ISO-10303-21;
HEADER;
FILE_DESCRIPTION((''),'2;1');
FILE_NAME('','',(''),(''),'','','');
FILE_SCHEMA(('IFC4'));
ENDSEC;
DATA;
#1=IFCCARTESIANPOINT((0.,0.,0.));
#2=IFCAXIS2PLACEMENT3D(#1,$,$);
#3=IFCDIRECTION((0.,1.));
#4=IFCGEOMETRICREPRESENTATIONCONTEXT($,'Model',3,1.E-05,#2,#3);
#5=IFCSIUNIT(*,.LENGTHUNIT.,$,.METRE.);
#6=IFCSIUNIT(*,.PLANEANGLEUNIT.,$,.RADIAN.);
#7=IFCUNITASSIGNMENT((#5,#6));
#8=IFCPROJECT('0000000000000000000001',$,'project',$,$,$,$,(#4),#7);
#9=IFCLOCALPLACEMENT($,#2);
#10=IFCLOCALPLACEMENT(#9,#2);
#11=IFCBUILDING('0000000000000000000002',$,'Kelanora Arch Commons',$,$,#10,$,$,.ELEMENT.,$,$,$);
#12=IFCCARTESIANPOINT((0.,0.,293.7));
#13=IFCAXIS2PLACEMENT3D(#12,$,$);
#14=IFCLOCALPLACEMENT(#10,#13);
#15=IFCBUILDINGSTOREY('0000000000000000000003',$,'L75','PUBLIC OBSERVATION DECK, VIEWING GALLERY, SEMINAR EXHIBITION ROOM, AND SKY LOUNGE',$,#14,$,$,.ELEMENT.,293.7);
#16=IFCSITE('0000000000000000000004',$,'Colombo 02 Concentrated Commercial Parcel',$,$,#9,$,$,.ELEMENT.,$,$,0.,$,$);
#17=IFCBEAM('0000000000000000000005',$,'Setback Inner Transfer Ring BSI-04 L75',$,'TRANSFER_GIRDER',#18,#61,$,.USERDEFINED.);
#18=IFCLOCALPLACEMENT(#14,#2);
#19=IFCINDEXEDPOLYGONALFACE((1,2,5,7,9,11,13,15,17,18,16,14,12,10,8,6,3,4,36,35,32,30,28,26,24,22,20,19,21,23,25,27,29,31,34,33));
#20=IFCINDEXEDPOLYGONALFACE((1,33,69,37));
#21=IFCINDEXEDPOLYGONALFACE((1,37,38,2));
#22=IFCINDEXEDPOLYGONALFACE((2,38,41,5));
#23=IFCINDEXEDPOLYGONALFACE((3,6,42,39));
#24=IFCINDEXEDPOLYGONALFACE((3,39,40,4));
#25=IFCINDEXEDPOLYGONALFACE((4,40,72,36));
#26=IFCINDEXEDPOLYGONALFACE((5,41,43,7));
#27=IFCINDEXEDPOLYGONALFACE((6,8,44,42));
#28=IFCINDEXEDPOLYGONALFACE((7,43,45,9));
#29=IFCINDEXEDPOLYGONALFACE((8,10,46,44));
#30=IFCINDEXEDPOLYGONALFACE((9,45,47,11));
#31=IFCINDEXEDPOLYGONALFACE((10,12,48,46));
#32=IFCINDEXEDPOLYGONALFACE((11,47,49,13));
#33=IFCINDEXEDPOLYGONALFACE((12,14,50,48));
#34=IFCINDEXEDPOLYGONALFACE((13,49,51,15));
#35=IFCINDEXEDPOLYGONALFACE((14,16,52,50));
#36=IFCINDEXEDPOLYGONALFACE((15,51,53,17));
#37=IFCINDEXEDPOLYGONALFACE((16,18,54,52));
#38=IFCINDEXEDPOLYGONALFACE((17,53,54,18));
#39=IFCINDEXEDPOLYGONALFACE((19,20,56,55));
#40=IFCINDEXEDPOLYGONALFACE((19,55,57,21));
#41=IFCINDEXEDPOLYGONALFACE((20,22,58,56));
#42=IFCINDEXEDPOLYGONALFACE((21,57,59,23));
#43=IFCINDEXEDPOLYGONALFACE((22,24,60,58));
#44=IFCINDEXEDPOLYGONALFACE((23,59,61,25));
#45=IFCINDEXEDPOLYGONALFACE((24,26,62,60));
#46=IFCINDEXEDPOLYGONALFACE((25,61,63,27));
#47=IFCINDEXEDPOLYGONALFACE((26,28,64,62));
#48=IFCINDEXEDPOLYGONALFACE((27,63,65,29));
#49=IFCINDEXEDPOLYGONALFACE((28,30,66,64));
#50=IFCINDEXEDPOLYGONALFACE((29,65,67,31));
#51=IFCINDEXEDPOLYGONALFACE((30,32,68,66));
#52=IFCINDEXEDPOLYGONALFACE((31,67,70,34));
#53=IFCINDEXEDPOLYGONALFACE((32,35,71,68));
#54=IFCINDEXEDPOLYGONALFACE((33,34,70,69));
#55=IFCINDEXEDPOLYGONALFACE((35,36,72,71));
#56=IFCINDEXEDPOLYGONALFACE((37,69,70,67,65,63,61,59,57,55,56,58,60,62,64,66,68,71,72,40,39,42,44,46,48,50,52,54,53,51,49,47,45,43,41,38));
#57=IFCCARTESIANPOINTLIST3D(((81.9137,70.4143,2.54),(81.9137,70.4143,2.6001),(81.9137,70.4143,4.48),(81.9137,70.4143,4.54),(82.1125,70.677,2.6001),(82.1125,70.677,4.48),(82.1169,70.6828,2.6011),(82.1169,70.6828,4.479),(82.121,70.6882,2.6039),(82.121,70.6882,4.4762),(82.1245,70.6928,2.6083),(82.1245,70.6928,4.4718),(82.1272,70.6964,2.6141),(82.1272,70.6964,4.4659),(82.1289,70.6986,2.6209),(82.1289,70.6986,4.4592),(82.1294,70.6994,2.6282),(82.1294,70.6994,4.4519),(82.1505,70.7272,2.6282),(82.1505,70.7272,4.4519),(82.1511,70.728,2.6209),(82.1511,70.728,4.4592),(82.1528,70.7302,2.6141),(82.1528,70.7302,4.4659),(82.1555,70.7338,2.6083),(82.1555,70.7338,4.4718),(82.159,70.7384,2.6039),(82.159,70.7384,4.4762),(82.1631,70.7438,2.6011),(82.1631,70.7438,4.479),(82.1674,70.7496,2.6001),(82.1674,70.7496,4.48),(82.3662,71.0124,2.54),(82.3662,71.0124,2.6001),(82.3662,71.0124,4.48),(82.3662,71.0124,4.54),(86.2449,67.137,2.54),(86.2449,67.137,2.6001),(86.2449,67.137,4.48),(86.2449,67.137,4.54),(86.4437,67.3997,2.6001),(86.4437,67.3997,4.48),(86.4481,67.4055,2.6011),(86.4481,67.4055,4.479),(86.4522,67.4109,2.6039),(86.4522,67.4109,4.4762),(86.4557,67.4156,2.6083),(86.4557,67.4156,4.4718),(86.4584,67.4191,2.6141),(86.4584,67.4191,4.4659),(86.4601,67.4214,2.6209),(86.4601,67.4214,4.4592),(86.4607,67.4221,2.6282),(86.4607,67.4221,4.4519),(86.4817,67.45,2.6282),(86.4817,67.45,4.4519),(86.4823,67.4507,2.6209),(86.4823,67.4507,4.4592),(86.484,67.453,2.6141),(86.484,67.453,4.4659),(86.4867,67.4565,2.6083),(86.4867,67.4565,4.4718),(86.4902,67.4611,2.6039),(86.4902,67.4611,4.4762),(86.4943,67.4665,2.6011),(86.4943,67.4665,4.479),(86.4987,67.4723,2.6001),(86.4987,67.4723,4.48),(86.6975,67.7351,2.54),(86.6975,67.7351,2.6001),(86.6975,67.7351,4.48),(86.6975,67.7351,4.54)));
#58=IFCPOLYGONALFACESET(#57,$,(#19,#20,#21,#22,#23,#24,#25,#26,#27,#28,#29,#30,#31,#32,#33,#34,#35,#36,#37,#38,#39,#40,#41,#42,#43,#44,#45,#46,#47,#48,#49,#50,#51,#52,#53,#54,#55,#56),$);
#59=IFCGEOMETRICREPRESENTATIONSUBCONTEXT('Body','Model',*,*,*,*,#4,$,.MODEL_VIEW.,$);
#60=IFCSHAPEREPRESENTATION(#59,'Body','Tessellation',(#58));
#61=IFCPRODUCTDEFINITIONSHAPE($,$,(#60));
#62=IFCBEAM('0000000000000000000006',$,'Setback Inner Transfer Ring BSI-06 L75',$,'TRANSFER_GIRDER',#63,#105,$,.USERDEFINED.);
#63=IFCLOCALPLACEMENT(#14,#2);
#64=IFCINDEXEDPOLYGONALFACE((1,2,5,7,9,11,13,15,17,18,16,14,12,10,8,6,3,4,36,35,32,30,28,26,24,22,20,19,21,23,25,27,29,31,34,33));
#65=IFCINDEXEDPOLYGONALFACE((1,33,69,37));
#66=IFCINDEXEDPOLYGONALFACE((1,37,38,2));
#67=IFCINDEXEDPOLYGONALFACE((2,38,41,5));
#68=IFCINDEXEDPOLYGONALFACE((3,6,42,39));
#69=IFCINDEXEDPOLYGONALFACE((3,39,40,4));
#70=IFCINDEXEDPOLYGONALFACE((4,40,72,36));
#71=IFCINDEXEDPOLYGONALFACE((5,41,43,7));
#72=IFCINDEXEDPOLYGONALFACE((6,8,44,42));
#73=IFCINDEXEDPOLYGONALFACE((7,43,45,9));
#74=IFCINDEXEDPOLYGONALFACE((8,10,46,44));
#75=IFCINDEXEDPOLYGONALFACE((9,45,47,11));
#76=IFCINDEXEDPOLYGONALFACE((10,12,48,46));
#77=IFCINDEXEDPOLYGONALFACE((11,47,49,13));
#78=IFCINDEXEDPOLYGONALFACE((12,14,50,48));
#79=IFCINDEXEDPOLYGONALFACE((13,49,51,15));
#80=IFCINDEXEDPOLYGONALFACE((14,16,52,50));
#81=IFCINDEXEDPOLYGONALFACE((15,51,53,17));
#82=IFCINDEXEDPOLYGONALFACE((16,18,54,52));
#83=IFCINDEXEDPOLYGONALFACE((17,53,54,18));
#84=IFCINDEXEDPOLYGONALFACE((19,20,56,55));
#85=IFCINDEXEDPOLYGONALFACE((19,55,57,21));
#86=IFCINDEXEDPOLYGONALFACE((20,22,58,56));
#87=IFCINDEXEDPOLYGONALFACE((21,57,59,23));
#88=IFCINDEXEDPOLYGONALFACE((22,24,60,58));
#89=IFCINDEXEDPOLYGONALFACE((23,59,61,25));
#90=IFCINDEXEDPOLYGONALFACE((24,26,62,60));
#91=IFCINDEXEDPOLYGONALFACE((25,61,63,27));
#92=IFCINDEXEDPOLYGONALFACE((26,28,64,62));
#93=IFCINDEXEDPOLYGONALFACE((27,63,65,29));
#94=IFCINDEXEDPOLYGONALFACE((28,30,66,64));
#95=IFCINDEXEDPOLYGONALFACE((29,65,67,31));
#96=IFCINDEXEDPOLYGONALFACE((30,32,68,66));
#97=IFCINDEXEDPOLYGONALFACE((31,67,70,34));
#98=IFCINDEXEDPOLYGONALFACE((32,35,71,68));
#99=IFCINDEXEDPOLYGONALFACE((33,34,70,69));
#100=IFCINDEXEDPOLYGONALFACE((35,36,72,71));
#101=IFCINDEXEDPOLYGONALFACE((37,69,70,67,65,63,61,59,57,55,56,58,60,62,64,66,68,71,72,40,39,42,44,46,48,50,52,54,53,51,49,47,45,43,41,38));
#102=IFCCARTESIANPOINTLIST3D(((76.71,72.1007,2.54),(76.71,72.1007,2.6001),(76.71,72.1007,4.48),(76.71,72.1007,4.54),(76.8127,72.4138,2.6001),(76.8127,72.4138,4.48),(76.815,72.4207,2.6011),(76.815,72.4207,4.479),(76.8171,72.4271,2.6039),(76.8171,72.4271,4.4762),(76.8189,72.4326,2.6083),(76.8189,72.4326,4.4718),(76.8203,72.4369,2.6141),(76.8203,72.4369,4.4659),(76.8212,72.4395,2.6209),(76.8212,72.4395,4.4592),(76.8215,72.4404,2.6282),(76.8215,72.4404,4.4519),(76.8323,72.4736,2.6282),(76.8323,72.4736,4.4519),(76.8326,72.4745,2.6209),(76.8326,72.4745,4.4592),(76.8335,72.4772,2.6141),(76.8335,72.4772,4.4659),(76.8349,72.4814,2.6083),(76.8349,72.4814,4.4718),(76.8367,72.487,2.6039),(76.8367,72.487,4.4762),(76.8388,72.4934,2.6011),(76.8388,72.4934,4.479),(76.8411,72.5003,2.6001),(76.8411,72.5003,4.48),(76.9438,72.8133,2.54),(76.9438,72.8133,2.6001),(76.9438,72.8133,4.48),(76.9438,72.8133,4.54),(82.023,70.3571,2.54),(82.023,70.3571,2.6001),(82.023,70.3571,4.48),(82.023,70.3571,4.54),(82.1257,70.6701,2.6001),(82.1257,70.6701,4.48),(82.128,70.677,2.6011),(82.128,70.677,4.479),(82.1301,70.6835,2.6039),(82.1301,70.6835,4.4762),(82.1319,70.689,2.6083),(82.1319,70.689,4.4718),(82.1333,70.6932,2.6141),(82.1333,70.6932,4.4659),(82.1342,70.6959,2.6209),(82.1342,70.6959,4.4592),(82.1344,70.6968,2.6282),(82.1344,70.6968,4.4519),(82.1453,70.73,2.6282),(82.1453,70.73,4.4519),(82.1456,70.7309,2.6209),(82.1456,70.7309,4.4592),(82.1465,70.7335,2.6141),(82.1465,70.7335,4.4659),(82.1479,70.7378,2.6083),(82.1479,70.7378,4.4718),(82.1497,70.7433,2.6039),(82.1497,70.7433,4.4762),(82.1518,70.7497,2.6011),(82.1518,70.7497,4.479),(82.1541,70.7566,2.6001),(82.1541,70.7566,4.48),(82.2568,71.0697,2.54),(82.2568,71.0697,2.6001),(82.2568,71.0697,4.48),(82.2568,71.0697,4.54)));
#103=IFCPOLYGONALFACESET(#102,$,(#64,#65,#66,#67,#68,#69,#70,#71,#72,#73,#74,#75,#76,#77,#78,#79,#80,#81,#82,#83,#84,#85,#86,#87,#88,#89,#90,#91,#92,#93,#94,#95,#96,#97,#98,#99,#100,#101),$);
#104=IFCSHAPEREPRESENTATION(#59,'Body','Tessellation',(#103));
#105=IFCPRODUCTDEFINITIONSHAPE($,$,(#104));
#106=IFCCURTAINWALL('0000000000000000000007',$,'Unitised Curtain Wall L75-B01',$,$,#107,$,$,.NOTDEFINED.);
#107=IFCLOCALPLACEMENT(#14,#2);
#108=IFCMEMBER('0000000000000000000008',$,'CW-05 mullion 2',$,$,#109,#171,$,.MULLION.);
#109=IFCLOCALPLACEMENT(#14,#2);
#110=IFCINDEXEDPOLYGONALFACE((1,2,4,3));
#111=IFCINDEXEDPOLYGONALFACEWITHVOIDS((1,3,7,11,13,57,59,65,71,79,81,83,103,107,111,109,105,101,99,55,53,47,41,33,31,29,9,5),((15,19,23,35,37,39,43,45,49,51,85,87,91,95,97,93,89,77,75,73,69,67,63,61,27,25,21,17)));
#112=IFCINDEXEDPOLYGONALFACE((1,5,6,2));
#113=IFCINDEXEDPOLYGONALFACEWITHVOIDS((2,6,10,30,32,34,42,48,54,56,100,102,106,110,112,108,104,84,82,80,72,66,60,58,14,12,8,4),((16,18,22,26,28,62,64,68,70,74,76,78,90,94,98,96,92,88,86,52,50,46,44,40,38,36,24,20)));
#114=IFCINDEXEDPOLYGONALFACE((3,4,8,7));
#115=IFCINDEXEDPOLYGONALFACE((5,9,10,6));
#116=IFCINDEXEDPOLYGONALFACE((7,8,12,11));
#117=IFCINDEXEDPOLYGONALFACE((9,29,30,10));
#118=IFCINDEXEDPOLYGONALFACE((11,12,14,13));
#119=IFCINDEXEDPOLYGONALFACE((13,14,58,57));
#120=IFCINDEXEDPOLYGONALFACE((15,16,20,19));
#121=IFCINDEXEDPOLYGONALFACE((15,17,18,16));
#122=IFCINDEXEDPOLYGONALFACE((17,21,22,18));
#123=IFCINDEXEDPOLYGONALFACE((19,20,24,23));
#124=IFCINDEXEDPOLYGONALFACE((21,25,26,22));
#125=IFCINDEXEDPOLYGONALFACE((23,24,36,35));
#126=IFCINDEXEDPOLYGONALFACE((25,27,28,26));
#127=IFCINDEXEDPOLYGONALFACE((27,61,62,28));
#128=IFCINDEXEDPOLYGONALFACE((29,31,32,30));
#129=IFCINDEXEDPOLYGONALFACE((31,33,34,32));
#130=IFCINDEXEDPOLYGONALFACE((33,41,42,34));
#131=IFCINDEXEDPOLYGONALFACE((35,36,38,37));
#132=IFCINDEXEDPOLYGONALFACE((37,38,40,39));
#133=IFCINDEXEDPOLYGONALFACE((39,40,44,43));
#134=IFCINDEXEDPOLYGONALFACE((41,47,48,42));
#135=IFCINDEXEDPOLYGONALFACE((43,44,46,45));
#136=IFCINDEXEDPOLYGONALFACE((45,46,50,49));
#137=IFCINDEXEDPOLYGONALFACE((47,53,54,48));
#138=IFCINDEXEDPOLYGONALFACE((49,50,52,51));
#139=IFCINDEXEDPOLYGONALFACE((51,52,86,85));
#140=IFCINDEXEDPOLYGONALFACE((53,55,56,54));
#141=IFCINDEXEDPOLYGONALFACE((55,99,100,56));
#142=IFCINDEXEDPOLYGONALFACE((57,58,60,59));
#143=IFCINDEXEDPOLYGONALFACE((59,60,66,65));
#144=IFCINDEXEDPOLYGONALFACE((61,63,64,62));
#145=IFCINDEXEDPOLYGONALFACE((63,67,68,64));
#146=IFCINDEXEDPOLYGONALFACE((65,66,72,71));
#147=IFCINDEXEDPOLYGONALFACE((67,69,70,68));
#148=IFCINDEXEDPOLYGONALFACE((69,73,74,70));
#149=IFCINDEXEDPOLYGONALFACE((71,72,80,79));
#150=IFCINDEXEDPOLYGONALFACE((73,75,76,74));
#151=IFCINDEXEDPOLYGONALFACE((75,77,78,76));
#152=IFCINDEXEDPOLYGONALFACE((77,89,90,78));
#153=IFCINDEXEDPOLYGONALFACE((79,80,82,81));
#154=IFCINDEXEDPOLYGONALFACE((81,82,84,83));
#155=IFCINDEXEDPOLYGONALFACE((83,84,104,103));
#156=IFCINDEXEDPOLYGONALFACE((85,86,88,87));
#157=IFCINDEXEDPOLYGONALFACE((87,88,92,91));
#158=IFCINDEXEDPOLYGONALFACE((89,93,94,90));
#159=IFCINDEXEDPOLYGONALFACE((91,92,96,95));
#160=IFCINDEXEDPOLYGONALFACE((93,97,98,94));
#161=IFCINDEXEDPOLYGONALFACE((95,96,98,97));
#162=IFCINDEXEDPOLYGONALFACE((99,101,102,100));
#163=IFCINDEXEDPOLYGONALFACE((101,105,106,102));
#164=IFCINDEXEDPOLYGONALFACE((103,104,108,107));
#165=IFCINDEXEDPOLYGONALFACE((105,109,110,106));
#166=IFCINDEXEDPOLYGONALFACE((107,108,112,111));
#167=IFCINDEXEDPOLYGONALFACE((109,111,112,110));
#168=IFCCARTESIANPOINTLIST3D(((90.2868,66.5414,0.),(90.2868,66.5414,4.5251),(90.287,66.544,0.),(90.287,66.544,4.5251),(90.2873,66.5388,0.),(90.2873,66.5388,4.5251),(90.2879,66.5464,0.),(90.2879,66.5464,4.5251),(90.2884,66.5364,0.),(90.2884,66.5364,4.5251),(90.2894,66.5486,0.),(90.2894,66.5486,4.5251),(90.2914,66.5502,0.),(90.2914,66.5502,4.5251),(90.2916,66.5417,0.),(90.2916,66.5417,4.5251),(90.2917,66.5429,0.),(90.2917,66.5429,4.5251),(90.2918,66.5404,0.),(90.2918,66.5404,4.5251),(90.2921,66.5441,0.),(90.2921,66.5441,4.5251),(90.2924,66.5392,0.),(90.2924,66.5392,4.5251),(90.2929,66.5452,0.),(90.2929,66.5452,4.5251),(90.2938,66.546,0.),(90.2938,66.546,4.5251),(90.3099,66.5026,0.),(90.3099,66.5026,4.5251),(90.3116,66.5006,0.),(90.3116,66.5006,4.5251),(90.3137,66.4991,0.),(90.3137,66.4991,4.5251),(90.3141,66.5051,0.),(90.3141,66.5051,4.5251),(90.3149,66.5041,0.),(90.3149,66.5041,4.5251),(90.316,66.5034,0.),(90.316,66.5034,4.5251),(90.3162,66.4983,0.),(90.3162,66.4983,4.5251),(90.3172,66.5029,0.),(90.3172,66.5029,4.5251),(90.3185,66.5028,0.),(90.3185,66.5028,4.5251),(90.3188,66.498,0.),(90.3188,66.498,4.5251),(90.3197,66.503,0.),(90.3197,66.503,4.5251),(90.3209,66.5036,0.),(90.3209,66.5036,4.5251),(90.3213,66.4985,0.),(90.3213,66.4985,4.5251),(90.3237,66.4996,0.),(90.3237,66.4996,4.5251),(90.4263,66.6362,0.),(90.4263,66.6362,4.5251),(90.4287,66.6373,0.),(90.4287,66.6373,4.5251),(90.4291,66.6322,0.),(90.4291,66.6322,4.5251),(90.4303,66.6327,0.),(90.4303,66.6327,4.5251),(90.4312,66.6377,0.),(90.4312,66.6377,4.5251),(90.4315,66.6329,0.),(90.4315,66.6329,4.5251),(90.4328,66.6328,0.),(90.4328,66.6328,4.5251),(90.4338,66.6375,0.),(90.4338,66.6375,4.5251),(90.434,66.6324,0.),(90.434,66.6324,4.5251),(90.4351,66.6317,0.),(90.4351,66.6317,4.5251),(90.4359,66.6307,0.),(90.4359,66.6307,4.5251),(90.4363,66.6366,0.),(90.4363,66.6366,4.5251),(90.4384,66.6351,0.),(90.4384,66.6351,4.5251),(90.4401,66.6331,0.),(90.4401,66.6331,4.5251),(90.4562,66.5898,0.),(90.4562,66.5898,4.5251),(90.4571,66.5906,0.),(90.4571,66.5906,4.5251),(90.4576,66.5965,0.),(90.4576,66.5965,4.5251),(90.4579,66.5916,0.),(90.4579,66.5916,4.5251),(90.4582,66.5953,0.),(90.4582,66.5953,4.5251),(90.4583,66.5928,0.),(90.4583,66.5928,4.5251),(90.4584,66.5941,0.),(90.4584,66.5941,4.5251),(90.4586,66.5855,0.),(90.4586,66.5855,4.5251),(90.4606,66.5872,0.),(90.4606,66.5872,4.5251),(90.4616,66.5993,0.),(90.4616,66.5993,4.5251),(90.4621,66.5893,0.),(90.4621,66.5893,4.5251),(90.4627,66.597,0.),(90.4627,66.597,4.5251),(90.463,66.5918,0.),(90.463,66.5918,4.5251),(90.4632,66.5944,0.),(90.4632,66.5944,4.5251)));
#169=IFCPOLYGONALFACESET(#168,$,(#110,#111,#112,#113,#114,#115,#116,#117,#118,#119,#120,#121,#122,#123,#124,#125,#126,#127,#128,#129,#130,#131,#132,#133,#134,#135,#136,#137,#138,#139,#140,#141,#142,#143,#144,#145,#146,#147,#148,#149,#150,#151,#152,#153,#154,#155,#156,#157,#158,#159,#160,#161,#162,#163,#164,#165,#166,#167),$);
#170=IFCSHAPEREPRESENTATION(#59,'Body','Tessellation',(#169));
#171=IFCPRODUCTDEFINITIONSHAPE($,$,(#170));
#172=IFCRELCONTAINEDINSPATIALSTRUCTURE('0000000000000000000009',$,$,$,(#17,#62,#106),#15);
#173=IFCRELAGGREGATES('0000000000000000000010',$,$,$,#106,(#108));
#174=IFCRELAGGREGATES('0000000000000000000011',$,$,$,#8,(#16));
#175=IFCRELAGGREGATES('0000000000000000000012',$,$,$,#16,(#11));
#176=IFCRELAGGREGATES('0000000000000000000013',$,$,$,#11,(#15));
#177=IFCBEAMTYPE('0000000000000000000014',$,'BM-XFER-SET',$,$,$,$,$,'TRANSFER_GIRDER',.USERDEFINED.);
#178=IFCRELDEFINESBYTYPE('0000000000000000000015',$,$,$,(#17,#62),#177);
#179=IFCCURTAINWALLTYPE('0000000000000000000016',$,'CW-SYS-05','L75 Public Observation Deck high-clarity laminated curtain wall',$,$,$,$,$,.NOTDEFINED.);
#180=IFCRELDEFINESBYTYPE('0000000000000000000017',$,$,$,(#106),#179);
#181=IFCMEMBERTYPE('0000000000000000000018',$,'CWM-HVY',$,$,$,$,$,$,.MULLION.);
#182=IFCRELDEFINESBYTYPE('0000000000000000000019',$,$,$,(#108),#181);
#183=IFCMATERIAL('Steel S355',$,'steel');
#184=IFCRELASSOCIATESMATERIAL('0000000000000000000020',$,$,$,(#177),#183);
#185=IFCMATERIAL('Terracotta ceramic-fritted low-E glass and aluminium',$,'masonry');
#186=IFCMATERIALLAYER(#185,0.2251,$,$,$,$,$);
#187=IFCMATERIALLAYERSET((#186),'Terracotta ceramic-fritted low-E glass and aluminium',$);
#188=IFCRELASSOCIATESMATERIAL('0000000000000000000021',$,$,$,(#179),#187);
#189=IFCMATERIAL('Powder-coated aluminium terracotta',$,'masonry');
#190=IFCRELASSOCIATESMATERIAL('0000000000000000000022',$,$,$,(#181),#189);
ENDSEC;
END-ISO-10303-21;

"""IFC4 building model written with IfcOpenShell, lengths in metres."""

from ifc_helpers import new_model, si_unit, direction, frame, origin, origin_2d, place, context, subcontext, project, spatial, hollow_rectangle, i_section, extrude, material, layer, layer_set, material_profile, profile_set, type_object, element, aggregate, save


model = new_model("IFC4")

# Units and contexts
model_context = context("Model", 3, precision=1e-05, world=origin(), true_north=direction((0.0, 1.0)))
body_context = subcontext(model_context, "Body", "Model", "MODEL_VIEW")
ifc_project = project(units=[si_unit("LENGTHUNIT", "METRE"), si_unit("PLANEANGLEUNIT", "RADIAN")], contexts=[model_context])

# Site, building, storey
site_placement = place(None, origin())
site = spatial("IfcSite", under=ifc_project, at=site_placement, Name="Colombo 02 Concentrated Commercial Parcel", CompositionType="ELEMENT", RefElevation=0.0)
building_placement = place(site_placement, origin())
building = spatial("IfcBuilding", under=site, at=building_placement, Name="Kelanora Arch Commons", CompositionType="ELEMENT")
storey_placement = place(building_placement, frame((0.0, 0.0, 293.7)))
storey = spatial("IfcBuildingStorey", under=building, at=storey_placement, Name="L75", Description="PUBLIC OBSERVATION DECK, VIEWING GALLERY, SEMINAR EXHIBITION ROOM, AND SKY LOUNGE", CompositionType="ELEMENT", Elevation=293.7)

# Beams
ifc_material_1 = material(Name="Steel S355", Category="steel")
ifc_material_profile_1 = material_profile(ifc_material_1, i_section(OverallWidth=0.75, OverallDepth=2.0, WebThickness=0.0349, FlangeThickness=0.0601, FilletRadius=0.0281, at=origin_2d()), Name="PG2000x750")
ifc_profile_set_1 = profile_set([ifc_material_profile_1], Name="Steel S355")
beam_type_1 = type_object("IfcBeamType", Name="BM-XFER-SET", ElementType="TRANSFER_GIRDER", PredefinedType="USERDEFINED", material=ifc_profile_set_1)
beam_1_placement = place(storey_placement, frame((86.4712, 67.436, 3.54), z_axis=(-0.797441, 0.603396, 0.0), x_axis=(-0.603396, -0.797441, 0.0)))
element("IfcBeam", 1, at=beam_1_placement, inside=storey, type_object=beam_type_1, Name="Setback Inner Transfer Ring BSI-04 L75", ObjectType="TRANSFER_GIRDER", PredefinedType="USERDEFINED", context=body_context, shape_type="SweptSolid", body=[
    extrude(i_section(OverallWidth=0.75, OverallDepth=2.0, WebThickness=0.0349, FlangeThickness=0.0601, FilletRadius=0.0281, at=origin_2d()), origin(), (0.0, 0.0, 1.0), 5.4314),
])
beam_2_placement = place(storey_placement, frame((82.1399, 70.7134, 3.54), z_axis=(-0.95014, 0.311823, 0.0), x_axis=(-0.311823, -0.95014, 0.0)))
element("IfcBeam", 2, at=beam_2_placement, inside=storey, type_object=beam_type_1, Name="Setback Inner Transfer Ring BSI-06 L75", ObjectType="TRANSFER_GIRDER", PredefinedType="USERDEFINED", context=body_context, shape_type="SweptSolid", body=[
    extrude(i_section(OverallWidth=0.75, OverallDepth=2.0, WebThickness=0.0349, FlangeThickness=0.0601, FilletRadius=0.0281, at=origin_2d()), origin(), (0.0, 0.0, 1.0), 5.5918),
])

# Curtain wall, member
ifc_material_2 = material(Name="Terracotta ceramic-fritted low-E glass and aluminium", Category="masonry")
ifc_layer_1 = layer(ifc_material_2, 0.2251)
ifc_layer_set_1 = layer_set([ifc_layer_1], Name="Terracotta ceramic-fritted low-E glass and aluminium")
curtain_wall_type = type_object("IfcCurtainWallType", Name="CW-SYS-05", Description="L75 Public Observation Deck high-clarity laminated curtain wall", PredefinedType="NOTDEFINED", material=ifc_layer_set_1)
curtain_wall_1_placement = place(storey_placement, origin())
curtain_wall_1 = element("IfcCurtainWall", 3, at=curtain_wall_1_placement, inside=storey, type_object=curtain_wall_type, Name="Unitised Curtain Wall L75-B01", PredefinedType="NOTDEFINED")
ifc_material_3 = material(Name="Powder-coated aluminium terracotta", Category="masonry")
ifc_material_profile_2 = material_profile(ifc_material_3, hollow_rectangle(XDim=0.1799, YDim=0.0601, WallThickness=0.0049, InnerFilletRadius=0.0049, OuterFilletRadius=0.01, at=origin_2d()), Name="CWM180x60")
ifc_profile_set_2 = profile_set([ifc_material_profile_2], Name="Powder-coated aluminium terracotta")
member_type_1 = type_object("IfcMemberType", Name="CWM-HVY", PredefinedType="MULLION", material=ifc_profile_set_2)
member_1_placement = place(storey_placement, frame((90.375, 66.5679, 0.0), z_axis=(0.0, 0.0, 1.0), x_axis=(-0.843391, -0.5373, 0.0)))
member_1 = element("IfcMember", 4, at=member_1_placement, type_object=member_type_1, Name="CW-05 mullion 2", PredefinedType="MULLION", context=body_context, shape_type="SweptSolid", body=[
    extrude(hollow_rectangle(XDim=0.1799, YDim=0.0601, WallThickness=0.0049, InnerFilletRadius=0.0049, OuterFilletRadius=0.01, at=origin_2d()), origin(), (0.0, 0.0, 1.0), 4.5251),
])

aggregate(curtain_wall_1, [member_1])

save(model, "model.ifc")
